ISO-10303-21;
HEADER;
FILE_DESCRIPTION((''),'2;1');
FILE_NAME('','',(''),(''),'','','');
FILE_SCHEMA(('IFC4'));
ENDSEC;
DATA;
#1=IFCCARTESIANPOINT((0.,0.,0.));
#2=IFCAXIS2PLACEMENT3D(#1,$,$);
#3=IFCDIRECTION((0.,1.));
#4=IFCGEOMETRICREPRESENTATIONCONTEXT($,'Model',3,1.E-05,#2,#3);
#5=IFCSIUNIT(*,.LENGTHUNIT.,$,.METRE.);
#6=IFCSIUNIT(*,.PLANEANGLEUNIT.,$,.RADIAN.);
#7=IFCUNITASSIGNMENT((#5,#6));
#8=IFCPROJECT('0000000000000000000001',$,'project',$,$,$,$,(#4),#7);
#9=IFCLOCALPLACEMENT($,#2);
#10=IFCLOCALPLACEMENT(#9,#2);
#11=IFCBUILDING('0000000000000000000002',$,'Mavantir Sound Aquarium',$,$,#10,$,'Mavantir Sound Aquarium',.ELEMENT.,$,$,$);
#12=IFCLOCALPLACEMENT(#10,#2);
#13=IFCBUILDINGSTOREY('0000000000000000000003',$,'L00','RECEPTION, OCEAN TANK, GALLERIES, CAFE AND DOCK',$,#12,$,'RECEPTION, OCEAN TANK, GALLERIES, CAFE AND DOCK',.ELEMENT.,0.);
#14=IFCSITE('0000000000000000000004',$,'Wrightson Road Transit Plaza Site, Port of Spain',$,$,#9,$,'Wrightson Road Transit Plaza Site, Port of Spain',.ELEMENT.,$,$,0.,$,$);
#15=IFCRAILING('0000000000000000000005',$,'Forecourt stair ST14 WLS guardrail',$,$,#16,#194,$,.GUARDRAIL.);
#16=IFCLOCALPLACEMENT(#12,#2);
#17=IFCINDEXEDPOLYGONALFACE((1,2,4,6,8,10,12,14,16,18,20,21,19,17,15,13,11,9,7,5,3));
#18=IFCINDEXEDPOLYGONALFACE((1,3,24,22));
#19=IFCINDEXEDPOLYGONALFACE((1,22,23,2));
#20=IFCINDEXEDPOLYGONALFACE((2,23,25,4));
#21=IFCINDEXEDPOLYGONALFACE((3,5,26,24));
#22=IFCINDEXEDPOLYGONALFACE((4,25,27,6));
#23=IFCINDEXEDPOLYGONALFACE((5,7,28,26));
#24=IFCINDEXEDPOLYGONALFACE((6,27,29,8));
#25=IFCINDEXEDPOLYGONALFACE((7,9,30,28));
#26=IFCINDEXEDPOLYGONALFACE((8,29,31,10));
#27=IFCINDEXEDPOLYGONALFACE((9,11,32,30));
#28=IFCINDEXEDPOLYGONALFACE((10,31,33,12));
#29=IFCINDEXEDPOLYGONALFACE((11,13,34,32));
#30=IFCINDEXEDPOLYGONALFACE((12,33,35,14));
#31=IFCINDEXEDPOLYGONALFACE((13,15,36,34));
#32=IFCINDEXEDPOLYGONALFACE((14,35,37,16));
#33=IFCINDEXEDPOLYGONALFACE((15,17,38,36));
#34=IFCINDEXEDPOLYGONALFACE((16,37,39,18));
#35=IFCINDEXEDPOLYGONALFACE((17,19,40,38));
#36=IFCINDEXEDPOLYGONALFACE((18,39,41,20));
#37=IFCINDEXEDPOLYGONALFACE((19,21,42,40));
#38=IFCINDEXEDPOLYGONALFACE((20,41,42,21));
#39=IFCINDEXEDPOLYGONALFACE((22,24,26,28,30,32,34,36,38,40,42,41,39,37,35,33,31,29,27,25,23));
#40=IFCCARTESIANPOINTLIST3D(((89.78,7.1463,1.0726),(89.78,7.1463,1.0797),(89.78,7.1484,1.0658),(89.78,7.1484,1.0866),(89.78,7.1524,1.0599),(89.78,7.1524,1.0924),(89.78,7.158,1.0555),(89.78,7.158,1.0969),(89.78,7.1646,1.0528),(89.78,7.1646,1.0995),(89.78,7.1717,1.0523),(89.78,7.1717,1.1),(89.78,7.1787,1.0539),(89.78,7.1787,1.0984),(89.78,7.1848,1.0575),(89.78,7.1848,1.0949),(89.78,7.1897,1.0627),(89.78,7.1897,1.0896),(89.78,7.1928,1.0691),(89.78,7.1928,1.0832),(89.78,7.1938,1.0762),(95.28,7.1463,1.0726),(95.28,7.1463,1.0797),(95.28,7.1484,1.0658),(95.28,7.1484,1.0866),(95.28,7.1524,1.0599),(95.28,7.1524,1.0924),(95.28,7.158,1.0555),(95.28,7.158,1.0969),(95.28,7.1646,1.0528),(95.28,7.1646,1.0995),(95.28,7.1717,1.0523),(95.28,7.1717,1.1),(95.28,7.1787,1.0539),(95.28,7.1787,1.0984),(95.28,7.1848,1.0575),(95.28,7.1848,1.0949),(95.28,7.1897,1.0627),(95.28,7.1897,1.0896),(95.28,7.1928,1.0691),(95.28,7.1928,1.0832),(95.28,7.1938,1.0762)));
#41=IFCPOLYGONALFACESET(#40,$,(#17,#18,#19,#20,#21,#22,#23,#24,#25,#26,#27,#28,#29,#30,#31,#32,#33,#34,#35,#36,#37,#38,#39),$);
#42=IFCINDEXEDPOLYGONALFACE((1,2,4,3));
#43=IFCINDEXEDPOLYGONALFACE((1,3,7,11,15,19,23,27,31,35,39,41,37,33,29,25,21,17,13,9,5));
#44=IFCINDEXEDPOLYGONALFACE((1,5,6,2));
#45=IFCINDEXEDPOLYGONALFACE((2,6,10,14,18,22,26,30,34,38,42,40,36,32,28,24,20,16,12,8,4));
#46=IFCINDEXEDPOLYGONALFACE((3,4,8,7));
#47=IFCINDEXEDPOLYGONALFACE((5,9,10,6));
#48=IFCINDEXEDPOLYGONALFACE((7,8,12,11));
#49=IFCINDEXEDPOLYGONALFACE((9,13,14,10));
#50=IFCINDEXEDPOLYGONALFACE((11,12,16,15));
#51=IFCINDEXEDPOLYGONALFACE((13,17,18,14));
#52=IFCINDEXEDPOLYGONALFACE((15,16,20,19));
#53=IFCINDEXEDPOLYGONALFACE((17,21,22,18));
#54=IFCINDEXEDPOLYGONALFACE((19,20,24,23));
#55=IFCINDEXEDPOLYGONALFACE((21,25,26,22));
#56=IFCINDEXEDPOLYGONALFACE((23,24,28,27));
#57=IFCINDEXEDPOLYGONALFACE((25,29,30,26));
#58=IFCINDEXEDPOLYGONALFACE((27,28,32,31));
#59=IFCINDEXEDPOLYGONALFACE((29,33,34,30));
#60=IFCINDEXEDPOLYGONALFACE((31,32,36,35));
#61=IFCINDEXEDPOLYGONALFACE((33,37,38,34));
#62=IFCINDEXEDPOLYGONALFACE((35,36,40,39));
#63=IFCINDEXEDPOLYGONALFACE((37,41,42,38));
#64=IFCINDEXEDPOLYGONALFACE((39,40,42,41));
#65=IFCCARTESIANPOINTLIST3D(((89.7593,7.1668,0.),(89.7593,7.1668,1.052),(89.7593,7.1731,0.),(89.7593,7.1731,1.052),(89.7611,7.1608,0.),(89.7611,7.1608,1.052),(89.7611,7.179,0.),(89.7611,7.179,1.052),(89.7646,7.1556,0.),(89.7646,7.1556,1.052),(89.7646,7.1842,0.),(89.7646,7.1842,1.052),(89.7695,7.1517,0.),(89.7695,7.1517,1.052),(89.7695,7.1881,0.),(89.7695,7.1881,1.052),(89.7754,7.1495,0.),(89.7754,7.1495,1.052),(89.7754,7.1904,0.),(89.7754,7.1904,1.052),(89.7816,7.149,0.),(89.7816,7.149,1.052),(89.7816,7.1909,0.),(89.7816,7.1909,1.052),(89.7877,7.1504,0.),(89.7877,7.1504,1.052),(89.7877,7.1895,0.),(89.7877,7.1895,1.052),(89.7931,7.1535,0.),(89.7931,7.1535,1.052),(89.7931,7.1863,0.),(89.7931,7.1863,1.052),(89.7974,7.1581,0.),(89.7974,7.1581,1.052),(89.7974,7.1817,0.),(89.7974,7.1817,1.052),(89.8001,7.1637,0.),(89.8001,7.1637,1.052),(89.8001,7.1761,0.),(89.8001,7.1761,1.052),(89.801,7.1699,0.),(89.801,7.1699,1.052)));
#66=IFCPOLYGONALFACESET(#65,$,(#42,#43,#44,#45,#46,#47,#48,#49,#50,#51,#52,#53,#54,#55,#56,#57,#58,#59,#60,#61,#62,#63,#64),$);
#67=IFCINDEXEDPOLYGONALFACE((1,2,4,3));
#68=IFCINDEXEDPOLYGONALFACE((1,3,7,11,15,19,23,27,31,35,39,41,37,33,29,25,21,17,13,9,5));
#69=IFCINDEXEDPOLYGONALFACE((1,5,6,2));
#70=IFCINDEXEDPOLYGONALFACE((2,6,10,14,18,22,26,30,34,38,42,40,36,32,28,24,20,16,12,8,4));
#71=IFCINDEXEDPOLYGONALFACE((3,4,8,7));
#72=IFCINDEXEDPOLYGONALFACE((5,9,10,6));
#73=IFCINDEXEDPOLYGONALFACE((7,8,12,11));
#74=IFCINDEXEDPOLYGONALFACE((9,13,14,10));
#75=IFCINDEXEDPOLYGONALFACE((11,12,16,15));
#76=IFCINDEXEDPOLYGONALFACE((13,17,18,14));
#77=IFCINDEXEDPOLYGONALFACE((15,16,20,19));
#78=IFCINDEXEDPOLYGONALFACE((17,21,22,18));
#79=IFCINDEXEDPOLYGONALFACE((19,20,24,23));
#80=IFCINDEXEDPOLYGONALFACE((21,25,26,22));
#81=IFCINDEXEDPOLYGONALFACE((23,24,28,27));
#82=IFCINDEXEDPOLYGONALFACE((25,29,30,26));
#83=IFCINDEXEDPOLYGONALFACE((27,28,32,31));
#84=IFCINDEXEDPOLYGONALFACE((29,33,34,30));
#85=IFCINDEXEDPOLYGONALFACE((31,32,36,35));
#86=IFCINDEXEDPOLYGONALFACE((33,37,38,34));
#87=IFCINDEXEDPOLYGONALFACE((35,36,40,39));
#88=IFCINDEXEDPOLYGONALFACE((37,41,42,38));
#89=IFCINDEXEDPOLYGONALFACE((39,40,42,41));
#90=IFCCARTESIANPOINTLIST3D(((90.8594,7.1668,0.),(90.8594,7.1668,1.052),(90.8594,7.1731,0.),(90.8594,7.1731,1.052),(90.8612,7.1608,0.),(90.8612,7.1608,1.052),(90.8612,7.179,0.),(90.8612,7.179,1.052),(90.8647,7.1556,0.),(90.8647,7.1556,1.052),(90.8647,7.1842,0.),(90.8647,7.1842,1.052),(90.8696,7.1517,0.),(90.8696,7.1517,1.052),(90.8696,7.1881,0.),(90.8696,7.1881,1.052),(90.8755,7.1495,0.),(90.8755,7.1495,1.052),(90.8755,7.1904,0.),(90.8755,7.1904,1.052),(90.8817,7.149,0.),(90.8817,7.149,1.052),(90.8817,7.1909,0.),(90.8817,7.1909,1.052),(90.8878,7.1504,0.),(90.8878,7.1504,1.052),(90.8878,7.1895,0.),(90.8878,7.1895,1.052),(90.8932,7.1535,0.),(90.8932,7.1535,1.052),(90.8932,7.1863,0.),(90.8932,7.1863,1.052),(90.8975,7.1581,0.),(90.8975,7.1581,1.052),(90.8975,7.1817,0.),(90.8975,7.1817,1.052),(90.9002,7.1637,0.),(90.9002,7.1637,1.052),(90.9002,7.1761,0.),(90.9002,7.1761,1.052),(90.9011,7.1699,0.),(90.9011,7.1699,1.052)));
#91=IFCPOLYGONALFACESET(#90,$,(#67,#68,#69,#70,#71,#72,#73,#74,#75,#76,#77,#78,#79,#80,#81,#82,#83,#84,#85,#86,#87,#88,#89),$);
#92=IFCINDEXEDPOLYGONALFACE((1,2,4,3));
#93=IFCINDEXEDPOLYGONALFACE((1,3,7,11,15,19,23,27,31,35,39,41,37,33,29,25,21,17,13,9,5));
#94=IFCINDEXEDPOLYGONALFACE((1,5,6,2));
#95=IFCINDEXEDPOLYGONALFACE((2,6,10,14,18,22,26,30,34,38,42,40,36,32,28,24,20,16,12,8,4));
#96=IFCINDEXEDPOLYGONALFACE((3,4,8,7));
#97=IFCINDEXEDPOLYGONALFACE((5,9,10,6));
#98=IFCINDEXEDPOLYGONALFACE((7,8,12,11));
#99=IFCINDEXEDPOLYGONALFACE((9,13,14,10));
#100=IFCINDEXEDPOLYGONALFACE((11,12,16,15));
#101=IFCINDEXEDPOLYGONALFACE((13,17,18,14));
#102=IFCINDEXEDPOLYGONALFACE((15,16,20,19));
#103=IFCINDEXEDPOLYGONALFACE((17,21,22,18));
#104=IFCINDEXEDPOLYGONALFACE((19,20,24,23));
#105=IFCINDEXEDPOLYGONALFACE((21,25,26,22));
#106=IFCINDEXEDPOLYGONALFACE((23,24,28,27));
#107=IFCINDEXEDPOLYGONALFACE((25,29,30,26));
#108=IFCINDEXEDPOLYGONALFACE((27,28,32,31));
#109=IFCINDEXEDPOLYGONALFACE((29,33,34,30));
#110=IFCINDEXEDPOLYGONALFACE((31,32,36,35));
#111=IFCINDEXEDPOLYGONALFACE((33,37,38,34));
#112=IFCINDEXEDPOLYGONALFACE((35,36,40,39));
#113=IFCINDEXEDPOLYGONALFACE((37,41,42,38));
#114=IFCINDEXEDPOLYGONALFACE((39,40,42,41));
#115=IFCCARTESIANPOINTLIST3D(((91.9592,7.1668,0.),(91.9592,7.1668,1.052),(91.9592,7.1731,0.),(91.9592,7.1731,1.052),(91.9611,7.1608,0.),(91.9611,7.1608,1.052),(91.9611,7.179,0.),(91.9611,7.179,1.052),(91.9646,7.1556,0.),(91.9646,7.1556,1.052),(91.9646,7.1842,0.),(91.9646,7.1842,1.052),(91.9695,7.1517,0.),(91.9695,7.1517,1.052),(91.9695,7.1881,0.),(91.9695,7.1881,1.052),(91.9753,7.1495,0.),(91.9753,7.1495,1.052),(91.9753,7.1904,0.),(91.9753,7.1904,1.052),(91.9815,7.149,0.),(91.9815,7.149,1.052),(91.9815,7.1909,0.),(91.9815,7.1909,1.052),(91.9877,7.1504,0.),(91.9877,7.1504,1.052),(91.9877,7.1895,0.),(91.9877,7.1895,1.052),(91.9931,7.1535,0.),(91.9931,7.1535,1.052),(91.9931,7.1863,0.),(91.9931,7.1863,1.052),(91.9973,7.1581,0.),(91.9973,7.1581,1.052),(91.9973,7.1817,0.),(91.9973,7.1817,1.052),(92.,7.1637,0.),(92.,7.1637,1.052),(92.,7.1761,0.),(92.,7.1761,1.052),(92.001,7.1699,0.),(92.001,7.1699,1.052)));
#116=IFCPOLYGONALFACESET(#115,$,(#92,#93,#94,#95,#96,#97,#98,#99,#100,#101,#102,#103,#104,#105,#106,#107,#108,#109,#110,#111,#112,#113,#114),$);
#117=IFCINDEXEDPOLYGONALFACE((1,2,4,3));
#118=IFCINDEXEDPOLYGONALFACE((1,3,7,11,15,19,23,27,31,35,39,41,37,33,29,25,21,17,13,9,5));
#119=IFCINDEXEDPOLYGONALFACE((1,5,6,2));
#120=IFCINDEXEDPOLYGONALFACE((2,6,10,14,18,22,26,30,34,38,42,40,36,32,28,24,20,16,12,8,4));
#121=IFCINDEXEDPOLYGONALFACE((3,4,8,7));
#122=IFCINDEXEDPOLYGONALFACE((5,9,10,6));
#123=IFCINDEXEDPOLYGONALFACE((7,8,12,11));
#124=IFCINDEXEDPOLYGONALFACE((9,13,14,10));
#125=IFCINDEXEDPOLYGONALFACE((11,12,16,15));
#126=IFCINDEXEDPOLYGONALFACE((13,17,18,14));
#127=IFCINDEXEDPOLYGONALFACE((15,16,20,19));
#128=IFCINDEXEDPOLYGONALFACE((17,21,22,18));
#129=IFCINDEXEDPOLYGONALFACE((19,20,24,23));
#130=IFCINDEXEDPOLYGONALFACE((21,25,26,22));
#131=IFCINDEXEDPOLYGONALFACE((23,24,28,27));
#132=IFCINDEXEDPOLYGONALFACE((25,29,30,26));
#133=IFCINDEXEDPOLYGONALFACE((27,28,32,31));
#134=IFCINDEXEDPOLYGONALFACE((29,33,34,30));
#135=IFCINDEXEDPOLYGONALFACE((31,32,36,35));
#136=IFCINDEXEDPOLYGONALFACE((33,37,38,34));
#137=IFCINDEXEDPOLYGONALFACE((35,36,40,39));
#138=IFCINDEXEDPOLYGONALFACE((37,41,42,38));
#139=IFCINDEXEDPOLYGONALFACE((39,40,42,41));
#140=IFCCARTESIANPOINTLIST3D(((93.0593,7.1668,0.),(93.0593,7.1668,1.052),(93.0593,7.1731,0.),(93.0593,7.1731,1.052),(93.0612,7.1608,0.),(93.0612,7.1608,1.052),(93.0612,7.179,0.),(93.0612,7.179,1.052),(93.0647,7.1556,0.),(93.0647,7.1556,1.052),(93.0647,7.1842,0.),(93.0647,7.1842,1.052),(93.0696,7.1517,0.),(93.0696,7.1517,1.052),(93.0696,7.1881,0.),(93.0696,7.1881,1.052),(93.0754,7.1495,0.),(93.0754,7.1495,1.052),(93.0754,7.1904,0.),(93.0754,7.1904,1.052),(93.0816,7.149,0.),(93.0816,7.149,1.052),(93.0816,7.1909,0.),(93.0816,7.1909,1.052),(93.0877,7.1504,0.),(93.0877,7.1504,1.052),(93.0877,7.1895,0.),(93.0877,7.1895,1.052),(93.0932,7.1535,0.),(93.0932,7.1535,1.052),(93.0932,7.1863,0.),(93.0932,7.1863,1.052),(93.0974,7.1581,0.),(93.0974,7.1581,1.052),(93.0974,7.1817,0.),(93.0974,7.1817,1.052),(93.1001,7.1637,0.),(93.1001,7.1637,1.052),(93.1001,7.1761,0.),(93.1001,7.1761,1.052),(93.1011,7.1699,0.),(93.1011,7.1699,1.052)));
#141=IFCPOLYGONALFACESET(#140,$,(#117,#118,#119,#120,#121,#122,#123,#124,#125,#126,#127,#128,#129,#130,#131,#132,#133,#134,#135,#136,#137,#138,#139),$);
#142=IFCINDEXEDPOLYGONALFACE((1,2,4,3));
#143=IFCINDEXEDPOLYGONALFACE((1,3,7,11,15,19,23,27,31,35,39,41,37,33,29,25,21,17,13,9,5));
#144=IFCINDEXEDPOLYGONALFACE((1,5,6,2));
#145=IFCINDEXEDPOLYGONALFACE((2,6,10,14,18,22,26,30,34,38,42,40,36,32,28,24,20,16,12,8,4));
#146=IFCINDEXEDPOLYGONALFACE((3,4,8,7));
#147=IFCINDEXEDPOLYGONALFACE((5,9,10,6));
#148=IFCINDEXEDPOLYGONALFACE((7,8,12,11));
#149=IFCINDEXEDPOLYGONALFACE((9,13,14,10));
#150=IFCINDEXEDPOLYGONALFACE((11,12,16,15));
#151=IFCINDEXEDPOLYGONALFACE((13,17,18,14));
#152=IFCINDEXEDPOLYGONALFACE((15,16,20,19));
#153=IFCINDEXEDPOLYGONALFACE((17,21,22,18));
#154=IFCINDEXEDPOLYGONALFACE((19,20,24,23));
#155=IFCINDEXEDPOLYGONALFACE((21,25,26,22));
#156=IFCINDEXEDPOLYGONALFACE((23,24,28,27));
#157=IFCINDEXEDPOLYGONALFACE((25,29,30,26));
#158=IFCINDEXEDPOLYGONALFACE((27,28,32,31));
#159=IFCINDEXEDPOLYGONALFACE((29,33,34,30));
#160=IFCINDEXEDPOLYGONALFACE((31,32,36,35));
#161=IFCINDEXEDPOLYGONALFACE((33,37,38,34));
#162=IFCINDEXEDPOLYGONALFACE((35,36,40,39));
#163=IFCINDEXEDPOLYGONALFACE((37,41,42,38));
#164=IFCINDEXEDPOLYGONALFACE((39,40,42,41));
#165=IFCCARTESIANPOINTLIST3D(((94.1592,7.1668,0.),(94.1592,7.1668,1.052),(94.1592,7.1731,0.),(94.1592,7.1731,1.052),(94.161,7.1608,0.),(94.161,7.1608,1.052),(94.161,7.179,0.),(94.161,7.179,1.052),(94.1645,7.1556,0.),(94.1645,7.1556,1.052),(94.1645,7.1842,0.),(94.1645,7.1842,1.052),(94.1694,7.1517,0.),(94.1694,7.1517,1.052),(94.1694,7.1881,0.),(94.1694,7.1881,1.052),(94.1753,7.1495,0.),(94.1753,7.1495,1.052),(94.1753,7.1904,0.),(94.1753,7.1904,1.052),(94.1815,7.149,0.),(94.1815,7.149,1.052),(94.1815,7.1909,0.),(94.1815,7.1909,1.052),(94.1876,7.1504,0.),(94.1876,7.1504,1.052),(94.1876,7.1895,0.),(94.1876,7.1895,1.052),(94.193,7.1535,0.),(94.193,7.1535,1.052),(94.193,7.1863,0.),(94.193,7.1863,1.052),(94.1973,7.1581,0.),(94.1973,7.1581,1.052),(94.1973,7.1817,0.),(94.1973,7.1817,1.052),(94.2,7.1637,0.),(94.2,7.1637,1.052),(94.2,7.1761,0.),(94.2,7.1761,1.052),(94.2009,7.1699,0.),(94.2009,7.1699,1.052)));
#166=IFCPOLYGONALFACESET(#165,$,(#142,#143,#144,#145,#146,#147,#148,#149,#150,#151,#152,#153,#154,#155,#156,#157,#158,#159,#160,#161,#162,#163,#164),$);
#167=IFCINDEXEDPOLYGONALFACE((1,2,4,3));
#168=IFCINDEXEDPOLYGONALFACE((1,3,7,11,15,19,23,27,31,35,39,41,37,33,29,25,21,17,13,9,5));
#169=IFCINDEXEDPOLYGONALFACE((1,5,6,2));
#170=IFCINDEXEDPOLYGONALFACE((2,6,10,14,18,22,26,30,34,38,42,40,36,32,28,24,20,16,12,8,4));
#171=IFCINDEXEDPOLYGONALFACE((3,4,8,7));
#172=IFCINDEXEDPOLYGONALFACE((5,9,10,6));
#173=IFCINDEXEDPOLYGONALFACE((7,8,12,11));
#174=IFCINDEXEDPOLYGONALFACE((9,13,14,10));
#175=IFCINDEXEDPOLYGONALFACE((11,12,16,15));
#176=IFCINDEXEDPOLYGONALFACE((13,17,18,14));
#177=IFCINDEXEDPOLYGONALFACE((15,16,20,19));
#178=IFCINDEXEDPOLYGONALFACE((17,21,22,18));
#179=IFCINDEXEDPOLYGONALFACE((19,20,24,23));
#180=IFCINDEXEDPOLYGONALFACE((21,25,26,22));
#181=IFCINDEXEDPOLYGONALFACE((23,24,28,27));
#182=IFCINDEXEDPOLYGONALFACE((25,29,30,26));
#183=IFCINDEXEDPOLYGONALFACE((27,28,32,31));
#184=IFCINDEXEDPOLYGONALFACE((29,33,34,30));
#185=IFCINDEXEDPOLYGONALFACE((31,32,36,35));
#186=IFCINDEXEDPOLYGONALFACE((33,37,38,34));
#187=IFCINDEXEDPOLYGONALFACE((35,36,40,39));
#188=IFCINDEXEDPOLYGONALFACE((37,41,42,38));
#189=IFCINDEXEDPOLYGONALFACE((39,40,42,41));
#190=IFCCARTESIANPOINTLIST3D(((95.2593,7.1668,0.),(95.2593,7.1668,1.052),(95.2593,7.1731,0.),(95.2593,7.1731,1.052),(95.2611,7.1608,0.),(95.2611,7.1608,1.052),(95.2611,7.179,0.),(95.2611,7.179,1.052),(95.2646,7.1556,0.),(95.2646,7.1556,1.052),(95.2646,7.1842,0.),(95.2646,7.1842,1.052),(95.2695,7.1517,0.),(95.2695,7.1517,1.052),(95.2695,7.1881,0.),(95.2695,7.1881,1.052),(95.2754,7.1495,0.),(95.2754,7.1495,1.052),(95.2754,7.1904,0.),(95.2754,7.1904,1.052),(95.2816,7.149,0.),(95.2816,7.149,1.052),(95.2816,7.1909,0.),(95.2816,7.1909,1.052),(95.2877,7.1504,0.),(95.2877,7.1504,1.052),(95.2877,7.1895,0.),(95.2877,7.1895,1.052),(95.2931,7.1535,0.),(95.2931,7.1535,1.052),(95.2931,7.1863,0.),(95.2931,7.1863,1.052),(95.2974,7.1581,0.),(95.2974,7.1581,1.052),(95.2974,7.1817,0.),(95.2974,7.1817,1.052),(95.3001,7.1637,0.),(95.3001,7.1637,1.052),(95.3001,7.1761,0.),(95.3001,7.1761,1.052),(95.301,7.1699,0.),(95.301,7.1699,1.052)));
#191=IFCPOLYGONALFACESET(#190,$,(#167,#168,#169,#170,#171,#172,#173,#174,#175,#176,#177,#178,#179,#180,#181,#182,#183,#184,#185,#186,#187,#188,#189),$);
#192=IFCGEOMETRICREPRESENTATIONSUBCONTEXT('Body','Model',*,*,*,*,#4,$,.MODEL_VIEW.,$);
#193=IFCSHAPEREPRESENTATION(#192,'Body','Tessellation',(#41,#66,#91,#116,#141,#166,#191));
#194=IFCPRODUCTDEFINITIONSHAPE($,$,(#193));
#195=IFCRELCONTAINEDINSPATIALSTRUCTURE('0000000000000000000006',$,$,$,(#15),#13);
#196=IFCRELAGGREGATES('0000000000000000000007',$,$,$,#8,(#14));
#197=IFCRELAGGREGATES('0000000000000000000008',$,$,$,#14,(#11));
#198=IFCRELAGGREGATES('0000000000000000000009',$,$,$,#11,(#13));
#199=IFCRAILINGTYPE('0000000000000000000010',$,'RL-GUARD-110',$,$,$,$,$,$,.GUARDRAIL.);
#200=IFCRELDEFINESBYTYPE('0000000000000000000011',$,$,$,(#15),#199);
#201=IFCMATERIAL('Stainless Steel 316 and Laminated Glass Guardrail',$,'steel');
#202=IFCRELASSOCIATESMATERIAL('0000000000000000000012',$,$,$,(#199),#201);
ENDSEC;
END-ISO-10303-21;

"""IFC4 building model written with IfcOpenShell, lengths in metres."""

from ifc_helpers import new_model, si_unit, direction, frame, origin, origin_2d, place, context, subcontext, project, spatial, circle, extrude, material, type_object, element, save


model = new_model("IFC4")

# Units and contexts
model_context = context("Model", 3, precision=1e-05, world=origin(), true_north=direction((0.0, 1.0)))
body_context = subcontext(model_context, "Body", "Model", "MODEL_VIEW")
ifc_project = project(units=[si_unit("LENGTHUNIT", "METRE"), si_unit("PLANEANGLEUNIT", "RADIAN")], contexts=[model_context])

# Site, building, storey
site_placement = place(None, origin())
site = spatial("IfcSite", under=ifc_project, at=site_placement, Name="Wrightson Road Transit Plaza Site, Port of Spain", LongName="Wrightson Road Transit Plaza Site, Port of Spain", CompositionType="ELEMENT", RefElevation=0.0)
building_placement = place(site_placement, origin())
building = spatial("IfcBuilding", under=site, at=building_placement, Name="Mavantir Sound Aquarium", LongName="Mavantir Sound Aquarium", CompositionType="ELEMENT")
storey_placement = place(building_placement, origin())
storey = spatial("IfcBuildingStorey", under=building, at=storey_placement, Name="L00", Description="RECEPTION, OCEAN TANK, GALLERIES, CAFE AND DOCK", LongName="RECEPTION, OCEAN TANK, GALLERIES, CAFE AND DOCK", CompositionType="ELEMENT", Elevation=0.0)

# Railing
ifc_material_1 = material(Name="Stainless Steel 316 and Laminated Glass Guardrail", Category="steel")
railing_type_1 = type_object("IfcRailingType", Name="RL-GUARD-110", PredefinedType="GUARDRAIL", material=ifc_material_1)
for number, where, name in (
    (1, (89.78, 7.1699, 0.0), "Forecourt stair ST14 WLS guardrail"),
):
    element("IfcRailing", number, at=place(storey_placement, frame(where)), inside=storey, type_object=railing_type_1, Name=name, PredefinedType="GUARDRAIL", context=body_context, shape_type="SweptSolid", body=[
        extrude(circle(Radius=0.0239, at=origin_2d()), frame((0.0, 0.0, 1.0762), z_axis=(1.0, 0.0, 0.0), x_axis=(0.0, 1.0, 0.0)), (0.0, 0.0, 1.0), 5.5),
        extrude(circle(Radius=0.021, at=origin_2d()), origin(), (0.0, 0.0, 1.0), 1.052),
        extrude(circle(Radius=0.021, at=origin_2d()), frame((1.1001, 0.0, 0.0)), (0.0, 0.0, 1.0), 1.052),
        extrude(circle(Radius=0.021, at=origin_2d()), frame((2.2, 0.0, 0.0)), (0.0, 0.0, 1.0), 1.052),
        extrude(circle(Radius=0.021, at=origin_2d()), frame((3.3, 0.0, 0.0)), (0.0, 0.0, 1.0), 1.052),
        extrude(circle(Radius=0.021, at=origin_2d()), frame((4.3999, 0.0, 0.0)), (0.0, 0.0, 1.0), 1.052),
        extrude(circle(Radius=0.021, at=origin_2d()), frame((5.5, 0.0, 0.0)), (0.0, 0.0, 1.0), 1.052),
    ])

save(model, "model.ifc")
